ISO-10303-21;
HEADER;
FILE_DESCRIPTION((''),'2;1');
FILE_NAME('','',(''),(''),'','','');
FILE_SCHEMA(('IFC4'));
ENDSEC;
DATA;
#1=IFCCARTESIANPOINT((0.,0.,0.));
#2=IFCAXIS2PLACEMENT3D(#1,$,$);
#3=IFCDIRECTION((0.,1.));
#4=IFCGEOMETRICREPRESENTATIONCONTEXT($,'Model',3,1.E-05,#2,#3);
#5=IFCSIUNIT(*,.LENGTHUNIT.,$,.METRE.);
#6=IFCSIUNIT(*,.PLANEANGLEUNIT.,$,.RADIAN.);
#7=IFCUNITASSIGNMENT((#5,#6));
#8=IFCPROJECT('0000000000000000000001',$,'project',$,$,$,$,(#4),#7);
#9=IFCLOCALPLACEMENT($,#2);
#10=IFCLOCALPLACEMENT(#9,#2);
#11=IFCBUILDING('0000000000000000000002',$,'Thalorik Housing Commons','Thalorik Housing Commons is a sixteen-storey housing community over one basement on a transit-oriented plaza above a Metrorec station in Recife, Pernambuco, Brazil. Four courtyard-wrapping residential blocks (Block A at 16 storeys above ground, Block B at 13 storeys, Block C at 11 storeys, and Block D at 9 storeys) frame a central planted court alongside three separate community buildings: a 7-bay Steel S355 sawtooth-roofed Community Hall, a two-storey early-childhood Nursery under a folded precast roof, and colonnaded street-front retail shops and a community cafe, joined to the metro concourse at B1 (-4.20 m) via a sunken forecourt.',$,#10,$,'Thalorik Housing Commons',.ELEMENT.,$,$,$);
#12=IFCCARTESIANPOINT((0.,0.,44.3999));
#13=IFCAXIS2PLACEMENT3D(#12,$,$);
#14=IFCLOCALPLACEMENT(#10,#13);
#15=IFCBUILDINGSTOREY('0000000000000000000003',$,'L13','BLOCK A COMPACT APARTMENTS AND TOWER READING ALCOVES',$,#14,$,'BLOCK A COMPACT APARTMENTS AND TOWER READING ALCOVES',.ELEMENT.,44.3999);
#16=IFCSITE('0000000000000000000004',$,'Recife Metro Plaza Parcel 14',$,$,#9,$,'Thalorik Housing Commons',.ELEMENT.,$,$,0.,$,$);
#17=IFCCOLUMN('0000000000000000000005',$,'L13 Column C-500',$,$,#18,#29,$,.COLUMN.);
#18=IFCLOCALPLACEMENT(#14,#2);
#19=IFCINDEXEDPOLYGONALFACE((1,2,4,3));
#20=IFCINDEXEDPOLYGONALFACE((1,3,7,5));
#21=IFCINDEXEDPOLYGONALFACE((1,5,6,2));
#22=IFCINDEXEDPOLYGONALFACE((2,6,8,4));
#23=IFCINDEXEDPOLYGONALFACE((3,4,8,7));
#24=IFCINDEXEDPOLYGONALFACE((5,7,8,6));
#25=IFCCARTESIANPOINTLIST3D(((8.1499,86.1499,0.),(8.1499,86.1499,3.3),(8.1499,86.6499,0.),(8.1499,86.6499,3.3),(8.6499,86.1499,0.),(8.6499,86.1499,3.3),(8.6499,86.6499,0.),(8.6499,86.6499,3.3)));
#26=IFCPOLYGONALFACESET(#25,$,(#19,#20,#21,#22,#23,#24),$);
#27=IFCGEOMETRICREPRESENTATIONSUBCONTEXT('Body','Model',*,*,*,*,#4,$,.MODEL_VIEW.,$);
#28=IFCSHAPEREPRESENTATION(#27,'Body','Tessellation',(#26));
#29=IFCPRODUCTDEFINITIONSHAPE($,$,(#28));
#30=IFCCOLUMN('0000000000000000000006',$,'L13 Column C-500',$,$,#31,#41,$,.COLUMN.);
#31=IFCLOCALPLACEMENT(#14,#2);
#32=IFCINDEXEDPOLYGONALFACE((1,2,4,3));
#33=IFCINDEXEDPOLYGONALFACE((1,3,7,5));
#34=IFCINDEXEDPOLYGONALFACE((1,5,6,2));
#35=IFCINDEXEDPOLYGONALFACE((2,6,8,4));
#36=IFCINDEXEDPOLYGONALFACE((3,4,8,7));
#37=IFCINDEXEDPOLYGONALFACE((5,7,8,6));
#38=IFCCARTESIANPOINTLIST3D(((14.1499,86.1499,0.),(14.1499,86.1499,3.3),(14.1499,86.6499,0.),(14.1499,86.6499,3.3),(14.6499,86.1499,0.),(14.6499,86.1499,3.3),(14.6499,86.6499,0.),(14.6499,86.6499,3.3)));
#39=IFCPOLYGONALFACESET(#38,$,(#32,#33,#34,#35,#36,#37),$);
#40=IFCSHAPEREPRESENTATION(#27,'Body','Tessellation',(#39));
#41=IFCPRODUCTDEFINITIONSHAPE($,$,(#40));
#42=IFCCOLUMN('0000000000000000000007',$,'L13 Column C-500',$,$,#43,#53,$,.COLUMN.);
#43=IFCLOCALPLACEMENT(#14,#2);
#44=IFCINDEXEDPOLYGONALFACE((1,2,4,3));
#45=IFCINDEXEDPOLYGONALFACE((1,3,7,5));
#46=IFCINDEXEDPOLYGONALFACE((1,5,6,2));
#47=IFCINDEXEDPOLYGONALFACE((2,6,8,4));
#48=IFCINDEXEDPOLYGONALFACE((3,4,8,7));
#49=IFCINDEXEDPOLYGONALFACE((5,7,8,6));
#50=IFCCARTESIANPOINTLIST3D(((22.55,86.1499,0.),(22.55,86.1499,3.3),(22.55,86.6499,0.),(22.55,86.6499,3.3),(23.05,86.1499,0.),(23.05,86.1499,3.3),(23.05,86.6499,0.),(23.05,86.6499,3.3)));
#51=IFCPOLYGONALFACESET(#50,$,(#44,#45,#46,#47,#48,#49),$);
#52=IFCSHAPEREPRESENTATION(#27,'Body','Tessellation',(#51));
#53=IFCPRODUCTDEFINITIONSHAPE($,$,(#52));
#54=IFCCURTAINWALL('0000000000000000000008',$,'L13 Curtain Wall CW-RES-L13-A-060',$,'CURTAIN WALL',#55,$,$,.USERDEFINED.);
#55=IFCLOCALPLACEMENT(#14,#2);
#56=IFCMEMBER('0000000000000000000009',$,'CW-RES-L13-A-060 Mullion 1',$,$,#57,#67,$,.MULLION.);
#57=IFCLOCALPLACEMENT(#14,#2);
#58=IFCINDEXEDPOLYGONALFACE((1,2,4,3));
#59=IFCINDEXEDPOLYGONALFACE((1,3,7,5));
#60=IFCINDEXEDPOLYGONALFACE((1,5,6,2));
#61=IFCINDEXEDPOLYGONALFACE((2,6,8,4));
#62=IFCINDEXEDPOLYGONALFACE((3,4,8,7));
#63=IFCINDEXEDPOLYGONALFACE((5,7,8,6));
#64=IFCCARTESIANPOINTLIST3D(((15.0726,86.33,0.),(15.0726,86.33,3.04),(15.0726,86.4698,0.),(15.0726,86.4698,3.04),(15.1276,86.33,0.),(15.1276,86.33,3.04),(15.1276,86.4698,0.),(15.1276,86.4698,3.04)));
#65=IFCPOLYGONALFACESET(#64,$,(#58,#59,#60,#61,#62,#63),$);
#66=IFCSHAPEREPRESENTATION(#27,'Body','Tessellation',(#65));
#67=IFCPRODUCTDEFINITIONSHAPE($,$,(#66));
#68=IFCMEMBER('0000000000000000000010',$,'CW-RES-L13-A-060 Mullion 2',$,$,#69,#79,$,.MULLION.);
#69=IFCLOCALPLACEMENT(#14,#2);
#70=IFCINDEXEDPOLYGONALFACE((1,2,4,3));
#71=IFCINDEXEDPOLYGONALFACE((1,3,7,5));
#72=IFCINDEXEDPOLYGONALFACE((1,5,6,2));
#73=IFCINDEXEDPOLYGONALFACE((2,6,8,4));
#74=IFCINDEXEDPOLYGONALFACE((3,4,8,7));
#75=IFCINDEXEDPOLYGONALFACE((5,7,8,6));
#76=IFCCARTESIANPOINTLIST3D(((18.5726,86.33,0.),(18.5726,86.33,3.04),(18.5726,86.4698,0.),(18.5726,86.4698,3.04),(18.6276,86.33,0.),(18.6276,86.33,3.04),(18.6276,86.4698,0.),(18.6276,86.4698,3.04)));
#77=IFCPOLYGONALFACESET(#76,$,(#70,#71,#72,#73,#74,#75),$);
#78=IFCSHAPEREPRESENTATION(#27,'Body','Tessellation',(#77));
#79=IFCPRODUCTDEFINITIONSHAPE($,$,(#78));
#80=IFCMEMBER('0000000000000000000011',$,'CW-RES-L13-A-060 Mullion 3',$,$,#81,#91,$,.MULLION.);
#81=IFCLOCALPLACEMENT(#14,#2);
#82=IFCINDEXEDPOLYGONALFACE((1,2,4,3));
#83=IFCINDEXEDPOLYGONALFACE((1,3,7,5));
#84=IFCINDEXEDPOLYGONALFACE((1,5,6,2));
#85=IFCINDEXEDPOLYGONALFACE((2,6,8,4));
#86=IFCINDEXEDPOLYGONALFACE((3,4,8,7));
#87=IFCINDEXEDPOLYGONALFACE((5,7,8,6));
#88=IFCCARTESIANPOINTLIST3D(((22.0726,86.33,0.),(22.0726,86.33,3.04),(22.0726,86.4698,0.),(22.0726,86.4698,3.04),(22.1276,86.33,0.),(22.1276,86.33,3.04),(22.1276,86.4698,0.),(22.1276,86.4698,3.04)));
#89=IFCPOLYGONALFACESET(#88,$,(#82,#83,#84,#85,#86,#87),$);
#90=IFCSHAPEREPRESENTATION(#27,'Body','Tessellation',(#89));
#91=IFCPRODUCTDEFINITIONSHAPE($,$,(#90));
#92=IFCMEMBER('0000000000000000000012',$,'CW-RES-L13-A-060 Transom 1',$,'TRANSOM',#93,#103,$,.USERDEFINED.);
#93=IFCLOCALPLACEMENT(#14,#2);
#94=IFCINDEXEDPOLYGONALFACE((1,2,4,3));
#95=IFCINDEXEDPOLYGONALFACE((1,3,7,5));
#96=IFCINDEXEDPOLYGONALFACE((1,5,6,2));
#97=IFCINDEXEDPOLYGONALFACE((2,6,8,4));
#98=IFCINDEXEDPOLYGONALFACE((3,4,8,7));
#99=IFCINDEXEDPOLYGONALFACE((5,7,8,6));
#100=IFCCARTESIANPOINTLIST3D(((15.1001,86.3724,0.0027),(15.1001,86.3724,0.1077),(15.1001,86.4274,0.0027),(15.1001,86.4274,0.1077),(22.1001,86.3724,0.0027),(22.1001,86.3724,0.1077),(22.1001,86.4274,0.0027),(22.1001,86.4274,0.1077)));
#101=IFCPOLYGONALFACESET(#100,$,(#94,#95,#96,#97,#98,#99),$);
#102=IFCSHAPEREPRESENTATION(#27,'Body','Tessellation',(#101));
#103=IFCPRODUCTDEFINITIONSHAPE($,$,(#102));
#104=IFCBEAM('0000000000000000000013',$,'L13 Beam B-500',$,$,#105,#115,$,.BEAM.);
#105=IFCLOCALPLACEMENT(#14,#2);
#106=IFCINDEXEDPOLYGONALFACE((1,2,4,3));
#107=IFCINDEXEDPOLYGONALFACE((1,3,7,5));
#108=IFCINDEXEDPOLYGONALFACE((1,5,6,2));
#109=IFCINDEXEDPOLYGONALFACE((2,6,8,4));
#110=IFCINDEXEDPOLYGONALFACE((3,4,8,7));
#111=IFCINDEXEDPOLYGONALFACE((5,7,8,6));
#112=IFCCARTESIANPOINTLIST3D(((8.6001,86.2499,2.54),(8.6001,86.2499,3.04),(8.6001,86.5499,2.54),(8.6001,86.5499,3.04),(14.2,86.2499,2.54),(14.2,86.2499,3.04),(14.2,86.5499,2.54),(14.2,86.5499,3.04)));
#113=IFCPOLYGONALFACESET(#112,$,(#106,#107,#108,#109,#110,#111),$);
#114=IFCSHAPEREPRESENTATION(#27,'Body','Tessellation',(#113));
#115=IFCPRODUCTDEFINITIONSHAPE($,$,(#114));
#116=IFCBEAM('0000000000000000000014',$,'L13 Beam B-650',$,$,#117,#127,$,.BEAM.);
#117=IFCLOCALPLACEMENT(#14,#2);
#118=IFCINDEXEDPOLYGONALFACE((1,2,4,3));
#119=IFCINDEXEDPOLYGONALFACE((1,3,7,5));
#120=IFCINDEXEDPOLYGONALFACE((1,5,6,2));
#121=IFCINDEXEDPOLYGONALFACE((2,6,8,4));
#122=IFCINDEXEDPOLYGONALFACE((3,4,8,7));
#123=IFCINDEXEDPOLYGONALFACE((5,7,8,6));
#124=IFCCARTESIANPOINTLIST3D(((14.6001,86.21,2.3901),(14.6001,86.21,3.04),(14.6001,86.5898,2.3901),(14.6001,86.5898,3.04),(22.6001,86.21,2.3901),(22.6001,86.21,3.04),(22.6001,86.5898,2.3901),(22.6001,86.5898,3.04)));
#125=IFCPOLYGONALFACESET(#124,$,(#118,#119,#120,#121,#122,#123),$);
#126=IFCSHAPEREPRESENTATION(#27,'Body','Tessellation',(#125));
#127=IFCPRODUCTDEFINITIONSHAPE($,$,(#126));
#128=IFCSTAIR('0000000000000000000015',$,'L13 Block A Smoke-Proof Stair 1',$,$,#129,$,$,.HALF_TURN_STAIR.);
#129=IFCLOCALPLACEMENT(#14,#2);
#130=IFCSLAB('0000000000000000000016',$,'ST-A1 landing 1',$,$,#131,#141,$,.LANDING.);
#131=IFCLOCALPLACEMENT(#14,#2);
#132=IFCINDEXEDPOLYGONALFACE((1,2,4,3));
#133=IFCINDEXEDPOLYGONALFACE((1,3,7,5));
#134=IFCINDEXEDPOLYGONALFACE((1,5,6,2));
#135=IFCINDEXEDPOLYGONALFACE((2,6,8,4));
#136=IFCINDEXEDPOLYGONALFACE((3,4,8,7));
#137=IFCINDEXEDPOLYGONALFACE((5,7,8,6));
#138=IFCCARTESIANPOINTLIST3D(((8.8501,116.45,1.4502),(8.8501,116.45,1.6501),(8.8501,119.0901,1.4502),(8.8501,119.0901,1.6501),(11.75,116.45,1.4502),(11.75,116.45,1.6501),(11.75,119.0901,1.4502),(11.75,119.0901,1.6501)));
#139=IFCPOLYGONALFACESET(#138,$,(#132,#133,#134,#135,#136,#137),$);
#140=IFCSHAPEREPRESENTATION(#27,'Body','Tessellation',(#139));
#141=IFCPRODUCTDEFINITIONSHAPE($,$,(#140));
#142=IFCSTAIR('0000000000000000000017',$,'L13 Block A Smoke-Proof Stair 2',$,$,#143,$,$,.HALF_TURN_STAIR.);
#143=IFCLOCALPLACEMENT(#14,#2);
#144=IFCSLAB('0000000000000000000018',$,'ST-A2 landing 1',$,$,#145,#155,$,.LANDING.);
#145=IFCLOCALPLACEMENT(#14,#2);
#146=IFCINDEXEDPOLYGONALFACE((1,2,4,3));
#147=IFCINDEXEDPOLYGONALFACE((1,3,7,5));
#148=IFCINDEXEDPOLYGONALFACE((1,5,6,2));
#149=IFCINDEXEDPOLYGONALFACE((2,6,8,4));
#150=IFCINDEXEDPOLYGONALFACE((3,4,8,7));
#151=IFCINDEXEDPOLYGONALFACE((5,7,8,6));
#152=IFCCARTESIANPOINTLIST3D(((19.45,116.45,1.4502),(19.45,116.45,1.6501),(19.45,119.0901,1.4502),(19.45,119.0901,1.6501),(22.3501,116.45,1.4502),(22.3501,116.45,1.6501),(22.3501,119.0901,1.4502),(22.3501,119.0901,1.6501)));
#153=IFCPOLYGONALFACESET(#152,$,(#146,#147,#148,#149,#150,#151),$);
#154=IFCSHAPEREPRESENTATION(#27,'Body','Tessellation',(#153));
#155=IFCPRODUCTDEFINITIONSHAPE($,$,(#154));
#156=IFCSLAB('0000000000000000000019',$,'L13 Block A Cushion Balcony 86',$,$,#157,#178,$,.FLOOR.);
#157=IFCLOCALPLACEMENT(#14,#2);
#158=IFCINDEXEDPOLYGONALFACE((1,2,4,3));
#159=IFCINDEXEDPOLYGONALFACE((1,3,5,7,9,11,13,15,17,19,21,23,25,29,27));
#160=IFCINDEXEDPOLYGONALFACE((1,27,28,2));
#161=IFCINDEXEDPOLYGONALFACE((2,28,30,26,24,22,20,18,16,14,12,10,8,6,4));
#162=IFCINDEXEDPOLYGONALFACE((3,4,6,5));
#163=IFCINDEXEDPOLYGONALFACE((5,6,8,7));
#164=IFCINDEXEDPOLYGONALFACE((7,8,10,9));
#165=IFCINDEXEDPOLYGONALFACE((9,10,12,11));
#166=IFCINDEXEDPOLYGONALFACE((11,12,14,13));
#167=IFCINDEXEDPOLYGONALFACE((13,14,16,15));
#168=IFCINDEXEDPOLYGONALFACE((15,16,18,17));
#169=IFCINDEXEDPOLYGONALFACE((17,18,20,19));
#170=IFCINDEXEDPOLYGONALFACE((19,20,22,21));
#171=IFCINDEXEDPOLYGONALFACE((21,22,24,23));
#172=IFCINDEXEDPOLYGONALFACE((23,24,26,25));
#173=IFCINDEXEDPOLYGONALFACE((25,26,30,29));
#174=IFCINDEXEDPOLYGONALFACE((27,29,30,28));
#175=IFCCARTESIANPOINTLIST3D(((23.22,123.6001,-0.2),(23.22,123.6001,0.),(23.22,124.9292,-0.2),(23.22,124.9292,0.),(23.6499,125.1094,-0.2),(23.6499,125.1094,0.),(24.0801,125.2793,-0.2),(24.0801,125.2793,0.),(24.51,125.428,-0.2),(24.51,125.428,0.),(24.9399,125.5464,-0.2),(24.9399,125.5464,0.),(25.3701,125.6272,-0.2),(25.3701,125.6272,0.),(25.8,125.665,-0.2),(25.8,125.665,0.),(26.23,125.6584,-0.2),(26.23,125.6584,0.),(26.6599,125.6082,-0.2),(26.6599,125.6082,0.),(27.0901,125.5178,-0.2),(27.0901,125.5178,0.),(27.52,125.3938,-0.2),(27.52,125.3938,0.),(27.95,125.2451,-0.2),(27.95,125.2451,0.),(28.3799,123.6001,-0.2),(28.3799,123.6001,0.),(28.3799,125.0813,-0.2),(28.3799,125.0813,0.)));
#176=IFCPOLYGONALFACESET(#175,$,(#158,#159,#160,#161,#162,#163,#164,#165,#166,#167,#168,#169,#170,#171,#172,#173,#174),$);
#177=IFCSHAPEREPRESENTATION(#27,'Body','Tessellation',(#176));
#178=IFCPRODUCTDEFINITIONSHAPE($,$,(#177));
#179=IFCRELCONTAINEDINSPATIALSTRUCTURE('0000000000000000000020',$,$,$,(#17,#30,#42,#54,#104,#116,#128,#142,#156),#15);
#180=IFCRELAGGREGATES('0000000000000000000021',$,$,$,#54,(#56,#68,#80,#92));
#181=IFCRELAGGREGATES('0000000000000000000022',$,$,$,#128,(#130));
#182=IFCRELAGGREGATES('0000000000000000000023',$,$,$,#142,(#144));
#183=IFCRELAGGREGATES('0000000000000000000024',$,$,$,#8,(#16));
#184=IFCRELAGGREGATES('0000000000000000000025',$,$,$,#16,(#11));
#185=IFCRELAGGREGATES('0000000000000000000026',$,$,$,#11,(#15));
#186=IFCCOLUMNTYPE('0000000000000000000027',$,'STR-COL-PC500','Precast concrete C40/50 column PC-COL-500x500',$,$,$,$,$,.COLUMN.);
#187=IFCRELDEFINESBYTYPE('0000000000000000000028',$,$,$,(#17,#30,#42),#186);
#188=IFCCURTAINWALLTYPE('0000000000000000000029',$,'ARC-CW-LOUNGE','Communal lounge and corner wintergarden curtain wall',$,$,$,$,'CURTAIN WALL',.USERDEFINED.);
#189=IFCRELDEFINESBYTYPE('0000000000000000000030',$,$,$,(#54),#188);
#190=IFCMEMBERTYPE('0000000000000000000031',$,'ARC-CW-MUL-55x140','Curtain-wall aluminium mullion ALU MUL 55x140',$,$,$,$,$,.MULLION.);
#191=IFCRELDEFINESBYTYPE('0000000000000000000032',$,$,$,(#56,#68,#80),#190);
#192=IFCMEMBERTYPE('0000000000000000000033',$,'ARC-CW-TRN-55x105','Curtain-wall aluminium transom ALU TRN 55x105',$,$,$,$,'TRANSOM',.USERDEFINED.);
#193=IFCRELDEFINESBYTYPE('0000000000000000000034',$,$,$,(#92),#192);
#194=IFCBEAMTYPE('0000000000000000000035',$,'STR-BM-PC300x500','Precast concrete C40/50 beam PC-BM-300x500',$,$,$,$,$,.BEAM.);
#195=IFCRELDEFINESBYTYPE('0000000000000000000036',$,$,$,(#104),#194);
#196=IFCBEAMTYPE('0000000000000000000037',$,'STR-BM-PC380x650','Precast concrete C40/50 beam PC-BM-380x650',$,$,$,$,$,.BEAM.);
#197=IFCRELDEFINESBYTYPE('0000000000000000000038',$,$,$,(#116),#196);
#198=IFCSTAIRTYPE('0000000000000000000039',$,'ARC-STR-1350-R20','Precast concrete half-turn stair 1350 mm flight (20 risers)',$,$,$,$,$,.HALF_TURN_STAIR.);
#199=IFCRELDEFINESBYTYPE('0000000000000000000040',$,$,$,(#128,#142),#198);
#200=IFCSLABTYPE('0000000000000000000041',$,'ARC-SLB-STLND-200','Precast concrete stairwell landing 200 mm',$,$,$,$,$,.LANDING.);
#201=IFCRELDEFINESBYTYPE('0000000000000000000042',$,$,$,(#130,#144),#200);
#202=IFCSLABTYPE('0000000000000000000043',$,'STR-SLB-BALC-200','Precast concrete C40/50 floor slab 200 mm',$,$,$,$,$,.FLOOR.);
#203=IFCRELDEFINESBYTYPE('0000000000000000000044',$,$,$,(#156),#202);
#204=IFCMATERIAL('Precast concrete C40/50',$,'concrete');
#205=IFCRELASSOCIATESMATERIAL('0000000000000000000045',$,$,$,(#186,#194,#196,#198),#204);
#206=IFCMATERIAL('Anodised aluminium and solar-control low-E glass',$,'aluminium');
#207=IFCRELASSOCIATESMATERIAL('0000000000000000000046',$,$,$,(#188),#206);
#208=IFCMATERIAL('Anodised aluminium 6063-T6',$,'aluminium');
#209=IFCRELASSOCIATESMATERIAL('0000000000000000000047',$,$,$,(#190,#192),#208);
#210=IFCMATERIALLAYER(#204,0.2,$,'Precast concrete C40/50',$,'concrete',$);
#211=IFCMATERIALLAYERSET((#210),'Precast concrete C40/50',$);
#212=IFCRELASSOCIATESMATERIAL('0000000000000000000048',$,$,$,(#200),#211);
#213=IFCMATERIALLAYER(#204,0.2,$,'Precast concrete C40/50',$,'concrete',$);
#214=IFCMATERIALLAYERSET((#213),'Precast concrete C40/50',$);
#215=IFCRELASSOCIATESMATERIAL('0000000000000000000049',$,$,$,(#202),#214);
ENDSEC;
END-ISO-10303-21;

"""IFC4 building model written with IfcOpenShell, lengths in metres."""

from ifc_helpers import new_model, si_unit, direction, frame, origin, origin_2d, place, context, subcontext, project, spatial, polyline, rectangle, outline, extrude, material, layer, layer_set, material_profile, profile_set, type_object, element, aggregate, save


model = new_model("IFC4")

# Units and contexts
model_context = context("Model", 3, precision=1e-05, world=origin(), true_north=direction((0.0, 1.0)))
body_context = subcontext(model_context, "Body", "Model", "MODEL_VIEW")
ifc_project = project(units=[si_unit("LENGTHUNIT", "METRE"), si_unit("PLANEANGLEUNIT", "RADIAN")], contexts=[model_context])

# Site, building, storey
site_placement = place(None, origin())
site = spatial("IfcSite", under=ifc_project, at=site_placement, Name="Recife Metro Plaza Parcel 14", LongName="Thalorik Housing Commons", CompositionType="ELEMENT", RefElevation=0.0)
building_placement = place(site_placement, origin())
building = spatial("IfcBuilding", under=site, at=building_placement, Name="Thalorik Housing Commons", Description="Thalorik Housing Commons is a sixteen-storey housing community over one basement on a transit-oriented plaza above a Metrorec station in Recife, Pernambuco, Brazil. Four courtyard-wrapping residential blocks (Block A at 16 storeys above ground, Block B at 13 storeys, Block C at 11 storeys, and Block D at 9 storeys) frame a central planted court alongside three separate community buildings: a 7-bay Steel S355 sawtooth-roofed Community Hall, a two-storey early-childhood Nursery under a folded precast roof, and colonnaded street-front retail shops and a community cafe, joined to the metro concourse at B1 (-4.20 m) via a sunken forecourt.", LongName="Thalorik Housing Commons", CompositionType="ELEMENT")
storey_placement = place(building_placement, frame((0.0, 0.0, 44.3999)))
storey = spatial("IfcBuildingStorey", under=building, at=storey_placement, Name="L13", Description="BLOCK A COMPACT APARTMENTS AND TOWER READING ALCOVES", LongName="BLOCK A COMPACT APARTMENTS AND TOWER READING ALCOVES", CompositionType="ELEMENT", Elevation=44.3999)

# Columns
ifc_material_1 = material(Name="Precast concrete C40/50", Category="concrete")
ifc_material_profile_1 = material_profile(ifc_material_1, rectangle(XDim=0.5, YDim=0.5, at=origin_2d()), Name="PC 500x500", Category="concrete")
ifc_profile_set_1 = profile_set([ifc_material_profile_1], Name="Precast concrete C40/50")
column_type = type_object("IfcColumnType", Name="STR-COL-PC500", Description="Precast concrete C40/50 column PC-COL-500x500", PredefinedType="COLUMN", material=ifc_profile_set_1)
for number, where, z_axis, x_axis, name in (
    (1, (8.3999, 86.3999, 0.0), (0.0, 0.0, 1.0), (1.0, 0.0, 0.0), "L13 Column C-500"),
    (2, (14.3999, 86.3999, 0.0), (0.0, 0.0, 1.0), (1.0, 0.0, 0.0), "L13 Column C-500"),
    (3, (22.8, 86.3999, 0.0), (0.0, 0.0, 1.0), (1.0, 0.0, 0.0), "L13 Column C-500"),
):
    element("IfcColumn", number, at=place(storey_placement, frame(where, z_axis=z_axis, x_axis=x_axis)), inside=storey, type_object=column_type, Name=name, PredefinedType="COLUMN", context=body_context, shape_type="SweptSolid", body=[
        extrude(rectangle(XDim=0.5, YDim=0.5, at=origin_2d()), origin(), (0.0, 0.0, 1.0), 3.3),
    ])

# Curtain wall, members
ifc_material_2 = material(Name="Anodised aluminium and solar-control low-E glass", Category="aluminium")
curtain_wall_type = type_object("IfcCurtainWallType", Name="ARC-CW-LOUNGE", Description="Communal lounge and corner wintergarden curtain wall", ElementType="CURTAIN WALL", PredefinedType="USERDEFINED", material=ifc_material_2)
curtain_wall_placement = place(storey_placement, origin())
curtain_wall = element("IfcCurtainWall", 4, at=curtain_wall_placement, inside=storey, type_object=curtain_wall_type, Name="L13 Curtain Wall CW-RES-L13-A-060", ObjectType="CURTAIN WALL", PredefinedType="USERDEFINED")
ifc_material_3 = material(Name="Anodised aluminium 6063-T6", Category="aluminium")
ifc_material_profile_2 = material_profile(ifc_material_3, rectangle(XDim=0.0549, YDim=0.1399, at=origin_2d()), Name="ALU MUL 55x140", Category="aluminium")
ifc_profile_set_2 = profile_set([ifc_material_profile_2], Name="Anodised aluminium 6063-T6")
member_type_1 = type_object("IfcMemberType", Name="ARC-CW-MUL-55x140", Description="Curtain-wall aluminium mullion ALU MUL 55x140", PredefinedType="MULLION", material=ifc_profile_set_2)
member_1_placement = place(storey_placement, frame((15.1001, 86.3999, 0.0), z_axis=(0.0, 0.0, 1.0), x_axis=(1.0, 0.0, 0.0)))
member_1 = element("IfcMember", 5, at=member_1_placement, type_object=member_type_1, Name="CW-RES-L13-A-060 Mullion 1", PredefinedType="MULLION", context=body_context, shape_type="SweptSolid", body=[
    extrude(rectangle(XDim=0.0549, YDim=0.1399, at=origin_2d()), origin(), (0.0, 0.0, 1.0), 3.04),
])
member_2_placement = place(storey_placement, frame((18.6001, 86.3999, 0.0), z_axis=(0.0, 0.0, 1.0), x_axis=(1.0, 0.0, 0.0)))
member_2 = element("IfcMember", 6, at=member_2_placement, type_object=member_type_1, Name="CW-RES-L13-A-060 Mullion 2", PredefinedType="MULLION", context=body_context, shape_type="SweptSolid", body=[
    extrude(rectangle(XDim=0.0549, YDim=0.1399, at=origin_2d()), origin(), (0.0, 0.0, 1.0), 3.04),
])
member_3_placement = place(storey_placement, frame((22.1001, 86.3999, 0.0), z_axis=(0.0, 0.0, 1.0), x_axis=(1.0, 0.0, 0.0)))
member_3 = element("IfcMember", 7, at=member_3_placement, type_object=member_type_1, Name="CW-RES-L13-A-060 Mullion 3", PredefinedType="MULLION", context=body_context, shape_type="SweptSolid", body=[
    extrude(rectangle(XDim=0.0549, YDim=0.1399, at=origin_2d()), origin(), (0.0, 0.0, 1.0), 3.04),
])
ifc_material_profile_3 = material_profile(ifc_material_3, rectangle(XDim=0.0549, YDim=0.105, at=origin_2d()), Name="ALU TRN 55x105", Category="aluminium")
ifc_profile_set_3 = profile_set([ifc_material_profile_3], Name="Anodised aluminium 6063-T6")
member_type_2 = type_object("IfcMemberType", Name="ARC-CW-TRN-55x105", Description="Curtain-wall aluminium transom ALU TRN 55x105", ElementType="TRANSOM", PredefinedType="USERDEFINED", material=ifc_profile_set_3)
member_4_placement = place(storey_placement, frame((15.1001, 86.3999, 0.0552), z_axis=(1.0, 0.0, 0.0), x_axis=(0.0, 1.0, 0.0)))
member_4 = element("IfcMember", 8, at=member_4_placement, type_object=member_type_2, Name="CW-RES-L13-A-060 Transom 1", ObjectType="TRANSOM", PredefinedType="USERDEFINED", context=body_context, shape_type="SweptSolid", body=[
    extrude(rectangle(XDim=0.0549, YDim=0.105, at=origin_2d()), origin(), (0.0, 0.0, 1.0), 7.0),
])
aggregate(curtain_wall, [member_1, member_2, member_3, member_4])

# Beams
ifc_material_profile_4 = material_profile(ifc_material_1, rectangle(XDim=0.3, YDim=0.5, at=origin_2d()), Name="PC 300x500", Category="concrete")
ifc_profile_set_4 = profile_set([ifc_material_profile_4], Name="Precast concrete C40/50")
beam_type_1 = type_object("IfcBeamType", Name="STR-BM-PC300x500", Description="Precast concrete C40/50 beam PC-BM-300x500", PredefinedType="BEAM", material=ifc_profile_set_4)
beam_1_placement = place(storey_placement, frame((8.6001, 86.3999, 2.79), z_axis=(1.0, 0.0, 0.0), x_axis=(0.0, 1.0, 0.0)))
element("IfcBeam", 9, at=beam_1_placement, inside=storey, type_object=beam_type_1, Name="L13 Beam B-500", PredefinedType="BEAM", context=body_context, shape_type="SweptSolid", body=[
    extrude(rectangle(XDim=0.3, YDim=0.5, at=origin_2d()), origin(), (0.0, 0.0, 1.0), 5.5999),
])
ifc_material_profile_5 = material_profile(ifc_material_1, rectangle(XDim=0.3799, YDim=0.6499, at=origin_2d()), Name="PC 380x650", Category="concrete")
ifc_profile_set_5 = profile_set([ifc_material_profile_5], Name="Precast concrete C40/50")
beam_type_2 = type_object("IfcBeamType", Name="STR-BM-PC380x650", Description="Precast concrete C40/50 beam PC-BM-380x650", PredefinedType="BEAM", material=ifc_profile_set_5)
beam_2_placement = place(storey_placement, frame((14.6001, 86.3999, 2.7151), z_axis=(1.0, 0.0, 0.0), x_axis=(0.0, 1.0, 0.0)))
element("IfcBeam", 10, at=beam_2_placement, inside=storey, type_object=beam_type_2, Name="L13 Beam B-650", PredefinedType="BEAM", context=body_context, shape_type="SweptSolid", body=[
    extrude(rectangle(XDim=0.3799, YDim=0.6499, at=origin_2d()), origin(), (0.0, 0.0, 1.0), 8.0),
])

# Stairs, slabs
stair_type = type_object("IfcStairType", Name="ARC-STR-1350-R20", Description="Precast concrete half-turn stair 1350 mm flight (20 risers)", PredefinedType="HALF_TURN_STAIR", material=ifc_material_1)
stair_1_placement = place(storey_placement, origin())
stair_1 = element("IfcStair", 11, at=stair_1_placement, inside=storey, type_object=stair_type, Name="L13 Block A Smoke-Proof Stair 1", PredefinedType="HALF_TURN_STAIR")
ifc_layer_1 = layer(ifc_material_1, 0.2, Name="Precast concrete C40/50", Category="concrete")
ifc_layer_set_1 = layer_set([ifc_layer_1], Name="Precast concrete C40/50")
slab_type_1 = type_object("IfcSlabType", Name="ARC-SLB-STLND-200", Description="Precast concrete stairwell landing 200 mm", PredefinedType="LANDING", material=ifc_layer_set_1)
slab_1_placement = place(storey_placement, frame((0.0, 0.0, 1.4502)))
slab_1 = element("IfcSlab", 12, at=slab_1_placement, type_object=slab_type_1, Name="ST-A1 landing 1", PredefinedType="LANDING", context=body_context, shape_type="SweptSolid", body=[
    extrude(outline(polyline([(8.8501, 119.0901), (8.8501, 116.45), (11.75, 116.45), (11.75, 119.0901), (8.8501, 119.0901)])), origin(), (0.0, 0.0, 1.0), 0.2),
])
aggregate(stair_1, [slab_1])
stair_2_placement = place(storey_placement, origin())
stair_2 = element("IfcStair", 13, at=stair_2_placement, inside=storey, type_object=stair_type, Name="L13 Block A Smoke-Proof Stair 2", PredefinedType="HALF_TURN_STAIR")
slab_2_placement = place(storey_placement, frame((0.0, 0.0, 1.4502)))
slab_2 = element("IfcSlab", 14, at=slab_2_placement, type_object=slab_type_1, Name="ST-A2 landing 1", PredefinedType="LANDING", context=body_context, shape_type="SweptSolid", body=[
    extrude(outline(polyline([(19.45, 119.0901), (19.45, 116.45), (22.3501, 116.45), (22.3501, 119.0901), (19.45, 119.0901)])), origin(), (0.0, 0.0, 1.0), 0.2),
])
aggregate(stair_2, [slab_2])

# Slab
ifc_layer_2 = layer(ifc_material_1, 0.2, Name="Precast concrete C40/50", Category="concrete")
ifc_layer_set_2 = layer_set([ifc_layer_2], Name="Precast concrete C40/50")
slab_type_2 = type_object("IfcSlabType", Name="STR-SLB-BALC-200", Description="Precast concrete C40/50 floor slab 200 mm", PredefinedType="FLOOR", material=ifc_layer_set_2)
slab_3_placement = place(storey_placement, frame((0.0, 0.0, -0.2)))
element("IfcSlab", 15, at=slab_3_placement, inside=storey, type_object=slab_type_2, Name="L13 Block A Cushion Balcony 86", PredefinedType="FLOOR", context=body_context, shape_type="SweptSolid", body=[
    extrude(outline(polyline([(23.22, 123.6001), (28.3799, 123.6001), (28.3799, 125.0813), (27.95, 125.2451), (27.52, 125.3938), (27.0901, 125.5178), (26.6599, 125.6082), (26.23, 125.6584), (25.8, 125.665), (25.3701, 125.6272), (24.9399, 125.5464), (24.51, 125.428), (24.0801, 125.2793), (23.6499, 125.1094), (23.22, 124.9292), (23.22, 123.6001)])), origin(), (0.0, 0.0, 1.0), 0.2),
])

save(model, "model.ifc")
